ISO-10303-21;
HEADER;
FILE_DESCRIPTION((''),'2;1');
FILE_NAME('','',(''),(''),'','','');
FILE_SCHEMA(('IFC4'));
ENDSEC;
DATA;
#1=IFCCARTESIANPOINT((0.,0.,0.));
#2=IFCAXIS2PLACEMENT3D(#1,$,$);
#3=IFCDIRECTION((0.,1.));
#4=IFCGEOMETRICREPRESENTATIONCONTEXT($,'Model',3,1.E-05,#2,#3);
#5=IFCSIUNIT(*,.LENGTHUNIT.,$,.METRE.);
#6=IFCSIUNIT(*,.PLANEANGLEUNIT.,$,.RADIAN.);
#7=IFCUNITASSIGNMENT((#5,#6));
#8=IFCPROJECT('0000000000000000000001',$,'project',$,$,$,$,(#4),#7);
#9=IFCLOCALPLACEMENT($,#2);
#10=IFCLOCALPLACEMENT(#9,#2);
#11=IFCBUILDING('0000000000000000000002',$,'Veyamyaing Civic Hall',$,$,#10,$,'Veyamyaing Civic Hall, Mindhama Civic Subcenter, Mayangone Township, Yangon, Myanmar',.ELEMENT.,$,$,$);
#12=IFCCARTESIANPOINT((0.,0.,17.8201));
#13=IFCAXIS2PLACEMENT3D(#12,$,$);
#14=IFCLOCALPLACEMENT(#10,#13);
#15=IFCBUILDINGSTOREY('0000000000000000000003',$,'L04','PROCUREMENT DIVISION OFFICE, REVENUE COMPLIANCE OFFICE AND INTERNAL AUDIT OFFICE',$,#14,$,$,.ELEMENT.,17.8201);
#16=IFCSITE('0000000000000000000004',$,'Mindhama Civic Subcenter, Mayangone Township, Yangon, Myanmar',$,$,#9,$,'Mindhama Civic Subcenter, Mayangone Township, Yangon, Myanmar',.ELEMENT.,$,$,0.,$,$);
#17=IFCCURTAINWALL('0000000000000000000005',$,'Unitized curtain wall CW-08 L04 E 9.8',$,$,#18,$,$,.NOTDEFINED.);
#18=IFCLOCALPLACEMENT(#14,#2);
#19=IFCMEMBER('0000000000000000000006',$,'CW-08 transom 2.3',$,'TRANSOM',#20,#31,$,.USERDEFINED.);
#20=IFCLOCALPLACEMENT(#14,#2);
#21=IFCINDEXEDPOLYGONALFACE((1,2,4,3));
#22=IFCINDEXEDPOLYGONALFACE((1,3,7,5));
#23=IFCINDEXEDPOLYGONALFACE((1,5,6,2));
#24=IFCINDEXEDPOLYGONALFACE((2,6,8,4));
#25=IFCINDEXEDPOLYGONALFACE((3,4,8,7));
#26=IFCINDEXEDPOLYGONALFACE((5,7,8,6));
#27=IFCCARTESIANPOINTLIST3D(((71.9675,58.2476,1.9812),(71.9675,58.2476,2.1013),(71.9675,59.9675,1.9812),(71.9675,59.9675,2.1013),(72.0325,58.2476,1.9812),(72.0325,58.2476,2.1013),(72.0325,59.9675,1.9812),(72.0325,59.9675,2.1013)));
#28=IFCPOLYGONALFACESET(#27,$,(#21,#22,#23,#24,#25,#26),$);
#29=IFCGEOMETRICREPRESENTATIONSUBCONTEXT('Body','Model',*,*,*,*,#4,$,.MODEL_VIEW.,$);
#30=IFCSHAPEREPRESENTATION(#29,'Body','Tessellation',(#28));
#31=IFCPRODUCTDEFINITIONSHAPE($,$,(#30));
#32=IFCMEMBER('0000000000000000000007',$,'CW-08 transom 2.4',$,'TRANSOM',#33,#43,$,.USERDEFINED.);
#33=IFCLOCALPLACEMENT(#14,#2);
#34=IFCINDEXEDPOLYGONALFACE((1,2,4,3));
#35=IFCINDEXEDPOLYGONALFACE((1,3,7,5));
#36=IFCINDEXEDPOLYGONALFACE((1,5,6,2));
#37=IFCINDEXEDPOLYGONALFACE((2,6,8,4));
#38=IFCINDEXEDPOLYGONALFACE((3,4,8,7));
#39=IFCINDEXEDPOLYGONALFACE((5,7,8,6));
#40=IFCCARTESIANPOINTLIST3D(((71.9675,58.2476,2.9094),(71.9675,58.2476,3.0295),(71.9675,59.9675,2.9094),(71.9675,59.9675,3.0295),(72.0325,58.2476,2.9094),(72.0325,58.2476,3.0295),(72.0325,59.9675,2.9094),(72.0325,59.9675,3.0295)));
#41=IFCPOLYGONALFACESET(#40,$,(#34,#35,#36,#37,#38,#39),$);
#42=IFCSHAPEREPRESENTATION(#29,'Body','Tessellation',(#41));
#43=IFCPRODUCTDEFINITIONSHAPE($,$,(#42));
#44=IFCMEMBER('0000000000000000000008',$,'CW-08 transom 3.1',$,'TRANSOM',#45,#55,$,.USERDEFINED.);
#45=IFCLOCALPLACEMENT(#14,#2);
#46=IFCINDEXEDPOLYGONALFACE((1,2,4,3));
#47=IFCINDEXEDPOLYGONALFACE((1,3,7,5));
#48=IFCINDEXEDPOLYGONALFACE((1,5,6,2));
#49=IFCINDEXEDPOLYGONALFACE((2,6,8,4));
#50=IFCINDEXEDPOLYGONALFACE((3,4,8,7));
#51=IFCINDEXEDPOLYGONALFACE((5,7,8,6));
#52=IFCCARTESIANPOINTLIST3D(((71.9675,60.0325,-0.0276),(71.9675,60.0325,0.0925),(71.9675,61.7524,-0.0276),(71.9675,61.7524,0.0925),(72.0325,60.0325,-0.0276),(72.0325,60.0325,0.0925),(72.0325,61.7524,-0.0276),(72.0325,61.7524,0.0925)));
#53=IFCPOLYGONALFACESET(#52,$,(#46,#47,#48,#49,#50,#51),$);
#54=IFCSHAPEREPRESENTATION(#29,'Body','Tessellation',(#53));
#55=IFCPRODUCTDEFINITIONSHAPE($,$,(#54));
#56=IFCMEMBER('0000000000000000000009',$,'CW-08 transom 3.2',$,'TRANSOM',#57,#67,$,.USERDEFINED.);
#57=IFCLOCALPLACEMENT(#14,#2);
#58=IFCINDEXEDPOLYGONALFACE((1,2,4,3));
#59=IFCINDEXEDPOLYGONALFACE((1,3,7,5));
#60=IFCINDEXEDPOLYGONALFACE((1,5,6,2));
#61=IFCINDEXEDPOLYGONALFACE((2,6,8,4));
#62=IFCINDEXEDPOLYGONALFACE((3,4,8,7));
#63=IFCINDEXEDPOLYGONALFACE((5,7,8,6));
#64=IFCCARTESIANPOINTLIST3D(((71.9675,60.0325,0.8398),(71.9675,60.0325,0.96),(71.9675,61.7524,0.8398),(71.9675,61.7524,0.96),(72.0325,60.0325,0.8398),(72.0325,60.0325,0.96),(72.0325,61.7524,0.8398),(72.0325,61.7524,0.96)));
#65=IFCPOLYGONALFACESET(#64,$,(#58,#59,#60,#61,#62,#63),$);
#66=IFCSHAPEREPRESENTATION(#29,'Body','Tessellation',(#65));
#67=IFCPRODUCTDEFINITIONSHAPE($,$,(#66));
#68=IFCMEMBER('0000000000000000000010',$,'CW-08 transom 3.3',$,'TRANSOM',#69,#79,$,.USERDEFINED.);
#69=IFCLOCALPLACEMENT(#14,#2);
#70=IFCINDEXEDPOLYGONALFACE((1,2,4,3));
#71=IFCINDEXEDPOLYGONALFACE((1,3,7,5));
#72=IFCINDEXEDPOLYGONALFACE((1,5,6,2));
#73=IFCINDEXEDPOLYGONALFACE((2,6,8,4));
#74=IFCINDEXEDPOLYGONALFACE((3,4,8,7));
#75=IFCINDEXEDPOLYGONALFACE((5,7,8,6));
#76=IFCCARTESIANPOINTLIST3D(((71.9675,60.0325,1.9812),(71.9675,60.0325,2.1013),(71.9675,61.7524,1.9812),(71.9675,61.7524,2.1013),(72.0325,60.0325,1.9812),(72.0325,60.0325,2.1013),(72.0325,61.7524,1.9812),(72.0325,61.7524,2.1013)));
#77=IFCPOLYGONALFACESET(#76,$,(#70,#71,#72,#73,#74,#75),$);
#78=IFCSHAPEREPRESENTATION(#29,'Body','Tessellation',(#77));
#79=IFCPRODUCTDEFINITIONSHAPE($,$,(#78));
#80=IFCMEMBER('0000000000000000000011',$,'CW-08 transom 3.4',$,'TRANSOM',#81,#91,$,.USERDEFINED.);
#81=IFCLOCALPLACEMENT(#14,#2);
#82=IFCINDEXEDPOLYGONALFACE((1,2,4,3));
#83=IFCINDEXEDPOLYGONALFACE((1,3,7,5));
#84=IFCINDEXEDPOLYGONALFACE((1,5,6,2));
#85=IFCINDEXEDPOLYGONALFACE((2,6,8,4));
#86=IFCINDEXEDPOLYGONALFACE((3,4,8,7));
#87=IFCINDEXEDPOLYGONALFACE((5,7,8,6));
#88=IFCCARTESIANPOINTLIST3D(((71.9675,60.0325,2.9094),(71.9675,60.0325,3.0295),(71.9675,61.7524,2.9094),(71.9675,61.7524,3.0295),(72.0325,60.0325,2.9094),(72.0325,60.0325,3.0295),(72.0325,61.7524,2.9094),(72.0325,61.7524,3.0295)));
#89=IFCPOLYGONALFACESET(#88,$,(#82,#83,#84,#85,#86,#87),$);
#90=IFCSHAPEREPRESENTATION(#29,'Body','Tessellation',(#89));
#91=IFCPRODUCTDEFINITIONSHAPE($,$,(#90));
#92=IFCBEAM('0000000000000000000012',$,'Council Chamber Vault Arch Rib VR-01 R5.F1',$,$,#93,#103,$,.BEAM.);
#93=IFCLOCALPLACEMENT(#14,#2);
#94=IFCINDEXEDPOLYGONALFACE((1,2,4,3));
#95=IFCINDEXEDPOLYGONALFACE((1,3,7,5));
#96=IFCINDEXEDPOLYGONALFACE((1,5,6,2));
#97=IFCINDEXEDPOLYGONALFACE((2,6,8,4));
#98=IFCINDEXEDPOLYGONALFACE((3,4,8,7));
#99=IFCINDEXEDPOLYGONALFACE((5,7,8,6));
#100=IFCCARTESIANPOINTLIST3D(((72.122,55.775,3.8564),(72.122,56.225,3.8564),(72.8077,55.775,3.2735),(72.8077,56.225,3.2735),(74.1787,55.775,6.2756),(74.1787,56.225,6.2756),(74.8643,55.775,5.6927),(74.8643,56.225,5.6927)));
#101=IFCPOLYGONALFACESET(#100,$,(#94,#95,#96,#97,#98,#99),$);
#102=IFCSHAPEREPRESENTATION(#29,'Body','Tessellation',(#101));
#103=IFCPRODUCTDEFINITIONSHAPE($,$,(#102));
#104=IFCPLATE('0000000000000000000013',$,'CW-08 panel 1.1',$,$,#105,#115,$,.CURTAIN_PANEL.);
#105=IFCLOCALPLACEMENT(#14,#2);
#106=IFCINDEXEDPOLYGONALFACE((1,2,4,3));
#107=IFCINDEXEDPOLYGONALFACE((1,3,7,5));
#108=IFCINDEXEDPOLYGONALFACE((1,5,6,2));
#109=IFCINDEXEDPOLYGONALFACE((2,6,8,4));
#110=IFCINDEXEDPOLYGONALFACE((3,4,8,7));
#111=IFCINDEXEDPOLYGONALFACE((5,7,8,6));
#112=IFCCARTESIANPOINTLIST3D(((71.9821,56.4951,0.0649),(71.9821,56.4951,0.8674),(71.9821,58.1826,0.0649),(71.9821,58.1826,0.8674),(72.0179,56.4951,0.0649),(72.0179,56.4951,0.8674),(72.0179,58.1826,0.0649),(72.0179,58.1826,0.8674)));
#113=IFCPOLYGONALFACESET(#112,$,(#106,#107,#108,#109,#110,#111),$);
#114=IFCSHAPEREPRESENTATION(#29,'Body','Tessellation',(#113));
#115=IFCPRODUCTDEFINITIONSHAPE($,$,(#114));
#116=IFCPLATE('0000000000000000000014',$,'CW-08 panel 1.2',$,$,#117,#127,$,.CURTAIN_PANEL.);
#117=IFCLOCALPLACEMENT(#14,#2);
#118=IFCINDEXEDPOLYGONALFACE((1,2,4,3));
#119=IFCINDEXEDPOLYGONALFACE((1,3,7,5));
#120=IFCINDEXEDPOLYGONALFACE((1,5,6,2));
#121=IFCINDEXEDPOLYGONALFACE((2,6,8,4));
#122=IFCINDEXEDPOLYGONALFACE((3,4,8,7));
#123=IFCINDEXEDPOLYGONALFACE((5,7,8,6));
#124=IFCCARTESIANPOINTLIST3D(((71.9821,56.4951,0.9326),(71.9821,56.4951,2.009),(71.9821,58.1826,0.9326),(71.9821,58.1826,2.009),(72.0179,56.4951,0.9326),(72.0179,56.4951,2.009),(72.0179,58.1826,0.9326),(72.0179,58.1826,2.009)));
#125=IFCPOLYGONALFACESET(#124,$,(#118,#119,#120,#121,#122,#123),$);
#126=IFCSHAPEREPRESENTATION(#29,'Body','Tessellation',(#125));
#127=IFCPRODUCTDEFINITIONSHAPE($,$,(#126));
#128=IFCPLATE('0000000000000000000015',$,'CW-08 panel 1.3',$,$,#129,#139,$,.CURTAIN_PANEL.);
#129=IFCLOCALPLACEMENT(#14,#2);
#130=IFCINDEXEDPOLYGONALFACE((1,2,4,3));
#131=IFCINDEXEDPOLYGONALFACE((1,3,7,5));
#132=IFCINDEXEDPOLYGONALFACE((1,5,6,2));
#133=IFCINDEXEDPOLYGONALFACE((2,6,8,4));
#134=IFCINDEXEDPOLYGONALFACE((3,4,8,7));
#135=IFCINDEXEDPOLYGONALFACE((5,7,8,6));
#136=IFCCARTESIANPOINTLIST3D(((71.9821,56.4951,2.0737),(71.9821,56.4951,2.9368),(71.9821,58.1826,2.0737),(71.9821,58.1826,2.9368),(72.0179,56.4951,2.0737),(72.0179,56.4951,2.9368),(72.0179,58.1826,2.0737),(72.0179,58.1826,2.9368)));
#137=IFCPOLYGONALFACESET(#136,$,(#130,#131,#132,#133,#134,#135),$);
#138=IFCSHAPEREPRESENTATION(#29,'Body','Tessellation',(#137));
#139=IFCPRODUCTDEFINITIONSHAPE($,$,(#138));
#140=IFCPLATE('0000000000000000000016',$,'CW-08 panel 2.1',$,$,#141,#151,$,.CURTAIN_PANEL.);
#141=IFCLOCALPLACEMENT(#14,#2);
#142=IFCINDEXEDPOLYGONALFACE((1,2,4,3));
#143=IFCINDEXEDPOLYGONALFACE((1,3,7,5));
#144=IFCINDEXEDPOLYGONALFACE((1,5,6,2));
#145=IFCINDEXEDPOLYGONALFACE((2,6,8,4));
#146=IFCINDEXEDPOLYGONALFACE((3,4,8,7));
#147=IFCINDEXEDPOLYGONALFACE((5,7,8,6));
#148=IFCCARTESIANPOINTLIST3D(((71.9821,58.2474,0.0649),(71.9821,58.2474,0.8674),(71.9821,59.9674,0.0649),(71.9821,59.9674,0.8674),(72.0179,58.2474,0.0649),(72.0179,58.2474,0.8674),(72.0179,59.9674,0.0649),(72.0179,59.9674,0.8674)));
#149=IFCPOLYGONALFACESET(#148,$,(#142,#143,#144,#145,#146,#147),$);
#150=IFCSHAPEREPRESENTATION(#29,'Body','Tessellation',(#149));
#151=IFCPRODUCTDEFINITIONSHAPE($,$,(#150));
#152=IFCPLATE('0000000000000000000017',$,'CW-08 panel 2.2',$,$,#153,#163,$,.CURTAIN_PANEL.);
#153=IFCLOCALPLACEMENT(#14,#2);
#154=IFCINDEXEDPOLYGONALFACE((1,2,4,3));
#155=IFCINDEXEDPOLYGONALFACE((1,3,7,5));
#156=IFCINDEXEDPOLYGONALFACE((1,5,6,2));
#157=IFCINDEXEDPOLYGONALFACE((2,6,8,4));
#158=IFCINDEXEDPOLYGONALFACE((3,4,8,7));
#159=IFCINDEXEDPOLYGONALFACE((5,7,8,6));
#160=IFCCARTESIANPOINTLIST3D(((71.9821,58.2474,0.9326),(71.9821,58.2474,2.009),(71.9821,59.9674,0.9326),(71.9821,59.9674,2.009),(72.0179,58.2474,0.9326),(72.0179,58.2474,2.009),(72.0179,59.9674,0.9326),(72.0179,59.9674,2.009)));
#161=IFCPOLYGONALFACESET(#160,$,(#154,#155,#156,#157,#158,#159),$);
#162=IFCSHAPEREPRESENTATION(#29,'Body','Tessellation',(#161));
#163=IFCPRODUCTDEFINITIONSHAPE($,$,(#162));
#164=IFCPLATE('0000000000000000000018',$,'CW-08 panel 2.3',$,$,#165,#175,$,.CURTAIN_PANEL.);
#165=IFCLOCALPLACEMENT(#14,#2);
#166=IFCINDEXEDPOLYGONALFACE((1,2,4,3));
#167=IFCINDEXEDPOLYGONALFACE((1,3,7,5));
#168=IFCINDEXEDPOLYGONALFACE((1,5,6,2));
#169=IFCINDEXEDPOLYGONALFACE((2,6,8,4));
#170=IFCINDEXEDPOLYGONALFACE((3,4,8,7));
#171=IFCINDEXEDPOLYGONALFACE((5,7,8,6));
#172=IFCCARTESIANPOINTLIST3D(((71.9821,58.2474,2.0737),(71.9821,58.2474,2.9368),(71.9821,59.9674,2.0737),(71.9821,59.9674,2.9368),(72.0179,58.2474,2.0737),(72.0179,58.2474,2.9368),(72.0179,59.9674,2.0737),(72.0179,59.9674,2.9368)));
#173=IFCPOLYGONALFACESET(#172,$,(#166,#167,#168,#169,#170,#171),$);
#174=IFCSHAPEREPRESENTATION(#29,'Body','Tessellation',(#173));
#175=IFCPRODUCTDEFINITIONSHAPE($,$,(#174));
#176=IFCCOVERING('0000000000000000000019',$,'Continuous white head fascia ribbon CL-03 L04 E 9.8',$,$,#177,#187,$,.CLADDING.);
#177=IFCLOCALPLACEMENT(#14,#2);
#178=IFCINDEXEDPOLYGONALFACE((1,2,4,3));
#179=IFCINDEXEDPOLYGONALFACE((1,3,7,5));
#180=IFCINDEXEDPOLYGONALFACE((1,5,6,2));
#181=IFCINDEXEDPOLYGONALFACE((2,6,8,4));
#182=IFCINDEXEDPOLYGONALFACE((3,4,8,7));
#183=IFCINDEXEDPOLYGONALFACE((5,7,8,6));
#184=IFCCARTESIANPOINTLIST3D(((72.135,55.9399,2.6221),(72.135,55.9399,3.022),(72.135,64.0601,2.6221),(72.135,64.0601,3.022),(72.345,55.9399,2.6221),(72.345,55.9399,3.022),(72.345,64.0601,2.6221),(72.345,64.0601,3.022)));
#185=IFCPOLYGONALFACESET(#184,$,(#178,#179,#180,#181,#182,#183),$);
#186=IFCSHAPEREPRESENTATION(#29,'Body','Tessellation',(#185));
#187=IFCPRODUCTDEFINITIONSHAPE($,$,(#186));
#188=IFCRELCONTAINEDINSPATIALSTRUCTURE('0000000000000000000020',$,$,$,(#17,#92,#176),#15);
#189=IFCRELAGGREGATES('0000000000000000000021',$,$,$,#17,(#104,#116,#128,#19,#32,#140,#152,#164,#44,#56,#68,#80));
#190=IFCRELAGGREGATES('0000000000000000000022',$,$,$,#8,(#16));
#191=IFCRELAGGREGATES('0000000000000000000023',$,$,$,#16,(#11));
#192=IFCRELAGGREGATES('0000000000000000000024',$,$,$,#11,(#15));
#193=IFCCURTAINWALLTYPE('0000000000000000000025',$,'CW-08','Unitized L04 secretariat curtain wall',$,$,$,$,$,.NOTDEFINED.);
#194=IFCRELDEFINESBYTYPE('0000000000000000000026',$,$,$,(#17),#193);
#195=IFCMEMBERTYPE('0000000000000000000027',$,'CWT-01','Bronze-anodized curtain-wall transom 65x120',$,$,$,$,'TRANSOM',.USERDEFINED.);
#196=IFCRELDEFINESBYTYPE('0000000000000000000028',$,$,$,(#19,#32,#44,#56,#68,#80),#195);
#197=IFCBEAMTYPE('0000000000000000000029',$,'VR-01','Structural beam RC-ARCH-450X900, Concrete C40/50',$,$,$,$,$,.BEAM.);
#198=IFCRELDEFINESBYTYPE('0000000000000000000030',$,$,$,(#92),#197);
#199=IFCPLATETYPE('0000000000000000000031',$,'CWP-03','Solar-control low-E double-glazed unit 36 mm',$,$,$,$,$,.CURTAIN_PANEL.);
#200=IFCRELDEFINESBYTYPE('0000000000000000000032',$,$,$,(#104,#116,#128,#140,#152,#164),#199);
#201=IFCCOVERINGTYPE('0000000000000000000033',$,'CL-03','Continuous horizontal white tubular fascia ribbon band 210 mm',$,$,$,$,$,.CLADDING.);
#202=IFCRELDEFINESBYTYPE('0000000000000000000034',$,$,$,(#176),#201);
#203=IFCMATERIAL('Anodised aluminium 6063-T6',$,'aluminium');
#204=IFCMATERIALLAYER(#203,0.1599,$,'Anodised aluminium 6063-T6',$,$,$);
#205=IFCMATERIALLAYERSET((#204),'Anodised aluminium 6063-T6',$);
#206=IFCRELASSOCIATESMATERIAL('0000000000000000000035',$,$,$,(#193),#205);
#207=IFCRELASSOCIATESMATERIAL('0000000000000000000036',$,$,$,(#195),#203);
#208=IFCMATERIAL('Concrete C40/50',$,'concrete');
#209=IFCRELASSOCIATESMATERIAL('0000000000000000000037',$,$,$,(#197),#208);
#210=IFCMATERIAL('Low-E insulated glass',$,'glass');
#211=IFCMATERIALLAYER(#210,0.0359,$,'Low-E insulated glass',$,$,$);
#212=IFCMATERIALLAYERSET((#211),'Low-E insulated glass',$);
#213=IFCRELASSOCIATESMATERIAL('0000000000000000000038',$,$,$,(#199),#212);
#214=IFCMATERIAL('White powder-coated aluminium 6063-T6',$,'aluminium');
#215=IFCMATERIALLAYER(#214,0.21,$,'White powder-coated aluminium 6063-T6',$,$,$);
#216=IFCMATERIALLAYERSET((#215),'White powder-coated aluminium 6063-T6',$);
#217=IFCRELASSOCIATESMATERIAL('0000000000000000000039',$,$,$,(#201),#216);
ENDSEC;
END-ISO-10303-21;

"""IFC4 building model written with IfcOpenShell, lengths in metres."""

from ifc_helpers import new_model, si_unit, direction, frame, origin, origin_2d, place, context, subcontext, project, spatial, rectangle, extrude, material, layer, layer_set, material_profile, profile_set, type_object, element, aggregate, save


model = new_model("IFC4")

# Units and contexts
model_context = context("Model", 3, precision=1e-05, world=origin(), true_north=direction((0.0, 1.0)))
body_context = subcontext(model_context, "Body", "Model", "MODEL_VIEW")
ifc_project = project(units=[si_unit("LENGTHUNIT", "METRE"), si_unit("PLANEANGLEUNIT", "RADIAN")], contexts=[model_context])

# Site, building, storey
site_placement = place(None, origin())
site = spatial("IfcSite", under=ifc_project, at=site_placement, Name="Mindhama Civic Subcenter, Mayangone Township, Yangon, Myanmar", LongName="Mindhama Civic Subcenter, Mayangone Township, Yangon, Myanmar", CompositionType="ELEMENT", RefElevation=0.0)
building_placement = place(site_placement, origin())
building = spatial("IfcBuilding", under=site, at=building_placement, Name="Veyamyaing Civic Hall", LongName="Veyamyaing Civic Hall, Mindhama Civic Subcenter, Mayangone Township, Yangon, Myanmar", CompositionType="ELEMENT")
storey_placement = place(building_placement, frame((0.0, 0.0, 17.8201)))
storey = spatial("IfcBuildingStorey", under=building, at=storey_placement, Name="L04", Description="PROCUREMENT DIVISION OFFICE, REVENUE COMPLIANCE OFFICE AND INTERNAL AUDIT OFFICE", CompositionType="ELEMENT", Elevation=17.8201)

# Curtain wall, members
ifc_material_1 = material(Name="Anodised aluminium 6063-T6", Category="aluminium")
ifc_layer_1 = layer(ifc_material_1, 0.1599, Name="Anodised aluminium 6063-T6")
ifc_layer_set_1 = layer_set([ifc_layer_1], Name="Anodised aluminium 6063-T6")
curtain_wall_type = type_object("IfcCurtainWallType", Name="CW-08", Description="Unitized L04 secretariat curtain wall", PredefinedType="NOTDEFINED", material=ifc_layer_set_1)
curtain_wall_placement = place(storey_placement, origin())
curtain_wall = element("IfcCurtainWall", 1, at=curtain_wall_placement, inside=storey, type_object=curtain_wall_type, Name="Unitized curtain wall CW-08 L04 E 9.8", PredefinedType="NOTDEFINED")
ifc_material_profile_1 = material_profile(ifc_material_1, rectangle(XDim=0.0649, YDim=0.1201, at=origin_2d()), Name="ALU-TRN-65X120")
ifc_profile_set_1 = profile_set([ifc_material_profile_1], Name="Anodised aluminium 6063-T6")
member_type_1 = type_object("IfcMemberType", Name="CWT-01", Description="Bronze-anodized curtain-wall transom 65x120", ElementType="TRANSOM", PredefinedType="USERDEFINED", material=ifc_profile_set_1)
member_1_placement = place(storey_placement, frame((72.0, 58.2476, 2.0413), z_axis=(0.0, 1.0, 0.0), x_axis=(-1.0, 0.0, 0.0)))
member_1 = element("IfcMember", 2, at=member_1_placement, type_object=member_type_1, Name="CW-08 transom 2.3", ObjectType="TRANSOM", PredefinedType="USERDEFINED", context=body_context, shape_type="SweptSolid", body=[
    extrude(rectangle(XDim=0.0649, YDim=0.1201, at=origin_2d()), origin(), (0.0, 0.0, 1.0), 1.72),
])
member_2_placement = place(storey_placement, frame((72.0, 58.2476, 2.9695), z_axis=(0.0, 1.0, 0.0), x_axis=(-1.0, 0.0, 0.0)))
member_2 = element("IfcMember", 3, at=member_2_placement, type_object=member_type_1, Name="CW-08 transom 2.4", ObjectType="TRANSOM", PredefinedType="USERDEFINED", context=body_context, shape_type="SweptSolid", body=[
    extrude(rectangle(XDim=0.0649, YDim=0.1201, at=origin_2d()), origin(), (0.0, 0.0, 1.0), 1.72),
])
member_3_placement = place(storey_placement, frame((72.0, 60.0325, 0.0325), z_axis=(0.0, 1.0, 0.0), x_axis=(-1.0, 0.0, 0.0)))
member_3 = element("IfcMember", 4, at=member_3_placement, type_object=member_type_1, Name="CW-08 transom 3.1", ObjectType="TRANSOM", PredefinedType="USERDEFINED", context=body_context, shape_type="SweptSolid", body=[
    extrude(rectangle(XDim=0.0649, YDim=0.1201, at=origin_2d()), origin(), (0.0, 0.0, 1.0), 1.72),
])
member_4_placement = place(storey_placement, frame((72.0, 60.0325, 0.8999), z_axis=(0.0, 1.0, 0.0), x_axis=(-1.0, 0.0, 0.0)))
member_4 = element("IfcMember", 5, at=member_4_placement, type_object=member_type_1, Name="CW-08 transom 3.2", ObjectType="TRANSOM", PredefinedType="USERDEFINED", context=body_context, shape_type="SweptSolid", body=[
    extrude(rectangle(XDim=0.0649, YDim=0.1201, at=origin_2d()), origin(), (0.0, 0.0, 1.0), 1.72),
])
member_5_placement = place(storey_placement, frame((72.0, 60.0325, 2.0413), z_axis=(0.0, 1.0, 0.0), x_axis=(-1.0, 0.0, 0.0)))
member_5 = element("IfcMember", 6, at=member_5_placement, type_object=member_type_1, Name="CW-08 transom 3.3", ObjectType="TRANSOM", PredefinedType="USERDEFINED", context=body_context, shape_type="SweptSolid", body=[
    extrude(rectangle(XDim=0.0649, YDim=0.1201, at=origin_2d()), origin(), (0.0, 0.0, 1.0), 1.72),
])
member_6_placement = place(storey_placement, frame((72.0, 60.0325, 2.9695), z_axis=(0.0, 1.0, 0.0), x_axis=(-1.0, 0.0, 0.0)))
member_6 = element("IfcMember", 7, at=member_6_placement, type_object=member_type_1, Name="CW-08 transom 3.4", ObjectType="TRANSOM", PredefinedType="USERDEFINED", context=body_context, shape_type="SweptSolid", body=[
    extrude(rectangle(XDim=0.0649, YDim=0.1201, at=origin_2d()), origin(), (0.0, 0.0, 1.0), 1.72),
])

# Beam
ifc_material_2 = material(Name="Concrete C40/50", Category="concrete")
ifc_material_profile_2 = material_profile(ifc_material_2, rectangle(XDim=0.45, YDim=0.8999, at=origin_2d()), Name="RC-ARCH-450X900")
ifc_profile_set_2 = profile_set([ifc_material_profile_2], Name="Concrete C40/50")
beam_type_1 = type_object("IfcBeamType", Name="VR-01", Description="Structural beam RC-ARCH-450X900, Concrete C40/50", PredefinedType="BEAM", material=ifc_profile_set_2)
beam_1_placement = place(storey_placement, frame((72.4648, 56.0, 3.5649), z_axis=(0.647709, 0.0, 0.761888), x_axis=(0.0, 1.0, 0.0)))
element("IfcBeam", 8, at=beam_1_placement, inside=storey, type_object=beam_type_1, Name="Council Chamber Vault Arch Rib VR-01 R5.F1", PredefinedType="BEAM", context=body_context, shape_type="SweptSolid", body=[
    extrude(rectangle(XDim=0.45, YDim=0.8999, at=origin_2d()), origin(), (0.0, 0.0, 1.0), 3.1753),
])

# Plates
ifc_material_3 = material(Name="Low-E insulated glass", Category="glass")
ifc_layer_2 = layer(ifc_material_3, 0.0359, Name="Low-E insulated glass")
ifc_layer_set_2 = layer_set([ifc_layer_2], Name="Low-E insulated glass")
plate_type = type_object("IfcPlateType", Name="CWP-03", Description="Solar-control low-E double-glazed unit 36 mm", PredefinedType="CURTAIN_PANEL", material=ifc_layer_set_2)
plate_1_placement = place(storey_placement, frame((72.0, 57.3389, 0.0649), z_axis=(0.0, 0.0, 1.0), x_axis=(0.0, 1.0, 0.0)))
plate_1 = element("IfcPlate", 9, at=plate_1_placement, type_object=plate_type, Name="CW-08 panel 1.1", PredefinedType="CURTAIN_PANEL", context=body_context, shape_type="SweptSolid", body=[
    extrude(rectangle(XDim=1.6875, YDim=0.0359, at=origin_2d()), origin(), (0.0, 0.0, 1.0), 0.8025),
])
plate_2_placement = place(storey_placement, frame((72.0, 57.3389, 0.9326), z_axis=(0.0, 0.0, 1.0), x_axis=(0.0, 1.0, 0.0)))
plate_2 = element("IfcPlate", 10, at=plate_2_placement, type_object=plate_type, Name="CW-08 panel 1.2", PredefinedType="CURTAIN_PANEL", context=body_context, shape_type="SweptSolid", body=[
    extrude(rectangle(XDim=1.6875, YDim=0.0359, at=origin_2d()), origin(), (0.0, 0.0, 1.0), 1.0764),
])
plate_3_placement = place(storey_placement, frame((72.0, 57.3389, 2.0737), z_axis=(0.0, 0.0, 1.0), x_axis=(0.0, 1.0, 0.0)))
plate_3 = element("IfcPlate", 11, at=plate_3_placement, type_object=plate_type, Name="CW-08 panel 1.3", PredefinedType="CURTAIN_PANEL", context=body_context, shape_type="SweptSolid", body=[
    extrude(rectangle(XDim=1.6875, YDim=0.0359, at=origin_2d()), origin(), (0.0, 0.0, 1.0), 0.863),
])
plate_4_placement = place(storey_placement, frame((72.0, 59.1074, 0.0649), z_axis=(0.0, 0.0, 1.0), x_axis=(0.0, 1.0, 0.0)))
plate_4 = element("IfcPlate", 12, at=plate_4_placement, type_object=plate_type, Name="CW-08 panel 2.1", PredefinedType="CURTAIN_PANEL", context=body_context, shape_type="SweptSolid", body=[
    extrude(rectangle(XDim=1.72, YDim=0.0359, at=origin_2d()), origin(), (0.0, 0.0, 1.0), 0.8025),
])
plate_5_placement = place(storey_placement, frame((72.0, 59.1074, 0.9326), z_axis=(0.0, 0.0, 1.0), x_axis=(0.0, 1.0, 0.0)))
plate_5 = element("IfcPlate", 13, at=plate_5_placement, type_object=plate_type, Name="CW-08 panel 2.2", PredefinedType="CURTAIN_PANEL", context=body_context, shape_type="SweptSolid", body=[
    extrude(rectangle(XDim=1.72, YDim=0.0359, at=origin_2d()), origin(), (0.0, 0.0, 1.0), 1.0764),
])
plate_6_placement = place(storey_placement, frame((72.0, 59.1074, 2.0737), z_axis=(0.0, 0.0, 1.0), x_axis=(0.0, 1.0, 0.0)))
plate_6 = element("IfcPlate", 14, at=plate_6_placement, type_object=plate_type, Name="CW-08 panel 2.3", PredefinedType="CURTAIN_PANEL", context=body_context, shape_type="SweptSolid", body=[
    extrude(rectangle(XDim=1.72, YDim=0.0359, at=origin_2d()), origin(), (0.0, 0.0, 1.0), 0.863),
])
aggregate(curtain_wall, [plate_1, plate_2, plate_3, member_1, member_2, plate_4, plate_5, plate_6, member_3, member_4, member_5, member_6])

# Covering
ifc_material_4 = material(Name="White powder-coated aluminium 6063-T6", Category="aluminium")
ifc_layer_3 = layer(ifc_material_4, 0.21, Name="White powder-coated aluminium 6063-T6")
ifc_layer_set_3 = layer_set([ifc_layer_3], Name="White powder-coated aluminium 6063-T6")
covering_type = type_object("IfcCoveringType", Name="CL-03", Description="Continuous horizontal white tubular fascia ribbon band 210 mm", PredefinedType="CLADDING", material=ifc_layer_set_3)
for number, where, z_axis, x_axis, name in (
    (15, (72.24, 60.0, 2.6221), (0.0, 0.0, 1.0), (0.0, 1.0, 0.0), "Continuous white head fascia ribbon CL-03 L04 E 9.8"),
):
    element("IfcCovering", number, at=place(storey_placement, frame(where, z_axis=z_axis, x_axis=x_axis)), inside=storey, type_object=covering_type, Name=name, PredefinedType="CLADDING", context=body_context, shape_type="SweptSolid", body=[
        extrude(rectangle(XDim=8.1201, YDim=0.21, at=origin_2d()), origin(), (0.0, 0.0, 1.0), 0.3999),
    ])

save(model, "model.ifc")
